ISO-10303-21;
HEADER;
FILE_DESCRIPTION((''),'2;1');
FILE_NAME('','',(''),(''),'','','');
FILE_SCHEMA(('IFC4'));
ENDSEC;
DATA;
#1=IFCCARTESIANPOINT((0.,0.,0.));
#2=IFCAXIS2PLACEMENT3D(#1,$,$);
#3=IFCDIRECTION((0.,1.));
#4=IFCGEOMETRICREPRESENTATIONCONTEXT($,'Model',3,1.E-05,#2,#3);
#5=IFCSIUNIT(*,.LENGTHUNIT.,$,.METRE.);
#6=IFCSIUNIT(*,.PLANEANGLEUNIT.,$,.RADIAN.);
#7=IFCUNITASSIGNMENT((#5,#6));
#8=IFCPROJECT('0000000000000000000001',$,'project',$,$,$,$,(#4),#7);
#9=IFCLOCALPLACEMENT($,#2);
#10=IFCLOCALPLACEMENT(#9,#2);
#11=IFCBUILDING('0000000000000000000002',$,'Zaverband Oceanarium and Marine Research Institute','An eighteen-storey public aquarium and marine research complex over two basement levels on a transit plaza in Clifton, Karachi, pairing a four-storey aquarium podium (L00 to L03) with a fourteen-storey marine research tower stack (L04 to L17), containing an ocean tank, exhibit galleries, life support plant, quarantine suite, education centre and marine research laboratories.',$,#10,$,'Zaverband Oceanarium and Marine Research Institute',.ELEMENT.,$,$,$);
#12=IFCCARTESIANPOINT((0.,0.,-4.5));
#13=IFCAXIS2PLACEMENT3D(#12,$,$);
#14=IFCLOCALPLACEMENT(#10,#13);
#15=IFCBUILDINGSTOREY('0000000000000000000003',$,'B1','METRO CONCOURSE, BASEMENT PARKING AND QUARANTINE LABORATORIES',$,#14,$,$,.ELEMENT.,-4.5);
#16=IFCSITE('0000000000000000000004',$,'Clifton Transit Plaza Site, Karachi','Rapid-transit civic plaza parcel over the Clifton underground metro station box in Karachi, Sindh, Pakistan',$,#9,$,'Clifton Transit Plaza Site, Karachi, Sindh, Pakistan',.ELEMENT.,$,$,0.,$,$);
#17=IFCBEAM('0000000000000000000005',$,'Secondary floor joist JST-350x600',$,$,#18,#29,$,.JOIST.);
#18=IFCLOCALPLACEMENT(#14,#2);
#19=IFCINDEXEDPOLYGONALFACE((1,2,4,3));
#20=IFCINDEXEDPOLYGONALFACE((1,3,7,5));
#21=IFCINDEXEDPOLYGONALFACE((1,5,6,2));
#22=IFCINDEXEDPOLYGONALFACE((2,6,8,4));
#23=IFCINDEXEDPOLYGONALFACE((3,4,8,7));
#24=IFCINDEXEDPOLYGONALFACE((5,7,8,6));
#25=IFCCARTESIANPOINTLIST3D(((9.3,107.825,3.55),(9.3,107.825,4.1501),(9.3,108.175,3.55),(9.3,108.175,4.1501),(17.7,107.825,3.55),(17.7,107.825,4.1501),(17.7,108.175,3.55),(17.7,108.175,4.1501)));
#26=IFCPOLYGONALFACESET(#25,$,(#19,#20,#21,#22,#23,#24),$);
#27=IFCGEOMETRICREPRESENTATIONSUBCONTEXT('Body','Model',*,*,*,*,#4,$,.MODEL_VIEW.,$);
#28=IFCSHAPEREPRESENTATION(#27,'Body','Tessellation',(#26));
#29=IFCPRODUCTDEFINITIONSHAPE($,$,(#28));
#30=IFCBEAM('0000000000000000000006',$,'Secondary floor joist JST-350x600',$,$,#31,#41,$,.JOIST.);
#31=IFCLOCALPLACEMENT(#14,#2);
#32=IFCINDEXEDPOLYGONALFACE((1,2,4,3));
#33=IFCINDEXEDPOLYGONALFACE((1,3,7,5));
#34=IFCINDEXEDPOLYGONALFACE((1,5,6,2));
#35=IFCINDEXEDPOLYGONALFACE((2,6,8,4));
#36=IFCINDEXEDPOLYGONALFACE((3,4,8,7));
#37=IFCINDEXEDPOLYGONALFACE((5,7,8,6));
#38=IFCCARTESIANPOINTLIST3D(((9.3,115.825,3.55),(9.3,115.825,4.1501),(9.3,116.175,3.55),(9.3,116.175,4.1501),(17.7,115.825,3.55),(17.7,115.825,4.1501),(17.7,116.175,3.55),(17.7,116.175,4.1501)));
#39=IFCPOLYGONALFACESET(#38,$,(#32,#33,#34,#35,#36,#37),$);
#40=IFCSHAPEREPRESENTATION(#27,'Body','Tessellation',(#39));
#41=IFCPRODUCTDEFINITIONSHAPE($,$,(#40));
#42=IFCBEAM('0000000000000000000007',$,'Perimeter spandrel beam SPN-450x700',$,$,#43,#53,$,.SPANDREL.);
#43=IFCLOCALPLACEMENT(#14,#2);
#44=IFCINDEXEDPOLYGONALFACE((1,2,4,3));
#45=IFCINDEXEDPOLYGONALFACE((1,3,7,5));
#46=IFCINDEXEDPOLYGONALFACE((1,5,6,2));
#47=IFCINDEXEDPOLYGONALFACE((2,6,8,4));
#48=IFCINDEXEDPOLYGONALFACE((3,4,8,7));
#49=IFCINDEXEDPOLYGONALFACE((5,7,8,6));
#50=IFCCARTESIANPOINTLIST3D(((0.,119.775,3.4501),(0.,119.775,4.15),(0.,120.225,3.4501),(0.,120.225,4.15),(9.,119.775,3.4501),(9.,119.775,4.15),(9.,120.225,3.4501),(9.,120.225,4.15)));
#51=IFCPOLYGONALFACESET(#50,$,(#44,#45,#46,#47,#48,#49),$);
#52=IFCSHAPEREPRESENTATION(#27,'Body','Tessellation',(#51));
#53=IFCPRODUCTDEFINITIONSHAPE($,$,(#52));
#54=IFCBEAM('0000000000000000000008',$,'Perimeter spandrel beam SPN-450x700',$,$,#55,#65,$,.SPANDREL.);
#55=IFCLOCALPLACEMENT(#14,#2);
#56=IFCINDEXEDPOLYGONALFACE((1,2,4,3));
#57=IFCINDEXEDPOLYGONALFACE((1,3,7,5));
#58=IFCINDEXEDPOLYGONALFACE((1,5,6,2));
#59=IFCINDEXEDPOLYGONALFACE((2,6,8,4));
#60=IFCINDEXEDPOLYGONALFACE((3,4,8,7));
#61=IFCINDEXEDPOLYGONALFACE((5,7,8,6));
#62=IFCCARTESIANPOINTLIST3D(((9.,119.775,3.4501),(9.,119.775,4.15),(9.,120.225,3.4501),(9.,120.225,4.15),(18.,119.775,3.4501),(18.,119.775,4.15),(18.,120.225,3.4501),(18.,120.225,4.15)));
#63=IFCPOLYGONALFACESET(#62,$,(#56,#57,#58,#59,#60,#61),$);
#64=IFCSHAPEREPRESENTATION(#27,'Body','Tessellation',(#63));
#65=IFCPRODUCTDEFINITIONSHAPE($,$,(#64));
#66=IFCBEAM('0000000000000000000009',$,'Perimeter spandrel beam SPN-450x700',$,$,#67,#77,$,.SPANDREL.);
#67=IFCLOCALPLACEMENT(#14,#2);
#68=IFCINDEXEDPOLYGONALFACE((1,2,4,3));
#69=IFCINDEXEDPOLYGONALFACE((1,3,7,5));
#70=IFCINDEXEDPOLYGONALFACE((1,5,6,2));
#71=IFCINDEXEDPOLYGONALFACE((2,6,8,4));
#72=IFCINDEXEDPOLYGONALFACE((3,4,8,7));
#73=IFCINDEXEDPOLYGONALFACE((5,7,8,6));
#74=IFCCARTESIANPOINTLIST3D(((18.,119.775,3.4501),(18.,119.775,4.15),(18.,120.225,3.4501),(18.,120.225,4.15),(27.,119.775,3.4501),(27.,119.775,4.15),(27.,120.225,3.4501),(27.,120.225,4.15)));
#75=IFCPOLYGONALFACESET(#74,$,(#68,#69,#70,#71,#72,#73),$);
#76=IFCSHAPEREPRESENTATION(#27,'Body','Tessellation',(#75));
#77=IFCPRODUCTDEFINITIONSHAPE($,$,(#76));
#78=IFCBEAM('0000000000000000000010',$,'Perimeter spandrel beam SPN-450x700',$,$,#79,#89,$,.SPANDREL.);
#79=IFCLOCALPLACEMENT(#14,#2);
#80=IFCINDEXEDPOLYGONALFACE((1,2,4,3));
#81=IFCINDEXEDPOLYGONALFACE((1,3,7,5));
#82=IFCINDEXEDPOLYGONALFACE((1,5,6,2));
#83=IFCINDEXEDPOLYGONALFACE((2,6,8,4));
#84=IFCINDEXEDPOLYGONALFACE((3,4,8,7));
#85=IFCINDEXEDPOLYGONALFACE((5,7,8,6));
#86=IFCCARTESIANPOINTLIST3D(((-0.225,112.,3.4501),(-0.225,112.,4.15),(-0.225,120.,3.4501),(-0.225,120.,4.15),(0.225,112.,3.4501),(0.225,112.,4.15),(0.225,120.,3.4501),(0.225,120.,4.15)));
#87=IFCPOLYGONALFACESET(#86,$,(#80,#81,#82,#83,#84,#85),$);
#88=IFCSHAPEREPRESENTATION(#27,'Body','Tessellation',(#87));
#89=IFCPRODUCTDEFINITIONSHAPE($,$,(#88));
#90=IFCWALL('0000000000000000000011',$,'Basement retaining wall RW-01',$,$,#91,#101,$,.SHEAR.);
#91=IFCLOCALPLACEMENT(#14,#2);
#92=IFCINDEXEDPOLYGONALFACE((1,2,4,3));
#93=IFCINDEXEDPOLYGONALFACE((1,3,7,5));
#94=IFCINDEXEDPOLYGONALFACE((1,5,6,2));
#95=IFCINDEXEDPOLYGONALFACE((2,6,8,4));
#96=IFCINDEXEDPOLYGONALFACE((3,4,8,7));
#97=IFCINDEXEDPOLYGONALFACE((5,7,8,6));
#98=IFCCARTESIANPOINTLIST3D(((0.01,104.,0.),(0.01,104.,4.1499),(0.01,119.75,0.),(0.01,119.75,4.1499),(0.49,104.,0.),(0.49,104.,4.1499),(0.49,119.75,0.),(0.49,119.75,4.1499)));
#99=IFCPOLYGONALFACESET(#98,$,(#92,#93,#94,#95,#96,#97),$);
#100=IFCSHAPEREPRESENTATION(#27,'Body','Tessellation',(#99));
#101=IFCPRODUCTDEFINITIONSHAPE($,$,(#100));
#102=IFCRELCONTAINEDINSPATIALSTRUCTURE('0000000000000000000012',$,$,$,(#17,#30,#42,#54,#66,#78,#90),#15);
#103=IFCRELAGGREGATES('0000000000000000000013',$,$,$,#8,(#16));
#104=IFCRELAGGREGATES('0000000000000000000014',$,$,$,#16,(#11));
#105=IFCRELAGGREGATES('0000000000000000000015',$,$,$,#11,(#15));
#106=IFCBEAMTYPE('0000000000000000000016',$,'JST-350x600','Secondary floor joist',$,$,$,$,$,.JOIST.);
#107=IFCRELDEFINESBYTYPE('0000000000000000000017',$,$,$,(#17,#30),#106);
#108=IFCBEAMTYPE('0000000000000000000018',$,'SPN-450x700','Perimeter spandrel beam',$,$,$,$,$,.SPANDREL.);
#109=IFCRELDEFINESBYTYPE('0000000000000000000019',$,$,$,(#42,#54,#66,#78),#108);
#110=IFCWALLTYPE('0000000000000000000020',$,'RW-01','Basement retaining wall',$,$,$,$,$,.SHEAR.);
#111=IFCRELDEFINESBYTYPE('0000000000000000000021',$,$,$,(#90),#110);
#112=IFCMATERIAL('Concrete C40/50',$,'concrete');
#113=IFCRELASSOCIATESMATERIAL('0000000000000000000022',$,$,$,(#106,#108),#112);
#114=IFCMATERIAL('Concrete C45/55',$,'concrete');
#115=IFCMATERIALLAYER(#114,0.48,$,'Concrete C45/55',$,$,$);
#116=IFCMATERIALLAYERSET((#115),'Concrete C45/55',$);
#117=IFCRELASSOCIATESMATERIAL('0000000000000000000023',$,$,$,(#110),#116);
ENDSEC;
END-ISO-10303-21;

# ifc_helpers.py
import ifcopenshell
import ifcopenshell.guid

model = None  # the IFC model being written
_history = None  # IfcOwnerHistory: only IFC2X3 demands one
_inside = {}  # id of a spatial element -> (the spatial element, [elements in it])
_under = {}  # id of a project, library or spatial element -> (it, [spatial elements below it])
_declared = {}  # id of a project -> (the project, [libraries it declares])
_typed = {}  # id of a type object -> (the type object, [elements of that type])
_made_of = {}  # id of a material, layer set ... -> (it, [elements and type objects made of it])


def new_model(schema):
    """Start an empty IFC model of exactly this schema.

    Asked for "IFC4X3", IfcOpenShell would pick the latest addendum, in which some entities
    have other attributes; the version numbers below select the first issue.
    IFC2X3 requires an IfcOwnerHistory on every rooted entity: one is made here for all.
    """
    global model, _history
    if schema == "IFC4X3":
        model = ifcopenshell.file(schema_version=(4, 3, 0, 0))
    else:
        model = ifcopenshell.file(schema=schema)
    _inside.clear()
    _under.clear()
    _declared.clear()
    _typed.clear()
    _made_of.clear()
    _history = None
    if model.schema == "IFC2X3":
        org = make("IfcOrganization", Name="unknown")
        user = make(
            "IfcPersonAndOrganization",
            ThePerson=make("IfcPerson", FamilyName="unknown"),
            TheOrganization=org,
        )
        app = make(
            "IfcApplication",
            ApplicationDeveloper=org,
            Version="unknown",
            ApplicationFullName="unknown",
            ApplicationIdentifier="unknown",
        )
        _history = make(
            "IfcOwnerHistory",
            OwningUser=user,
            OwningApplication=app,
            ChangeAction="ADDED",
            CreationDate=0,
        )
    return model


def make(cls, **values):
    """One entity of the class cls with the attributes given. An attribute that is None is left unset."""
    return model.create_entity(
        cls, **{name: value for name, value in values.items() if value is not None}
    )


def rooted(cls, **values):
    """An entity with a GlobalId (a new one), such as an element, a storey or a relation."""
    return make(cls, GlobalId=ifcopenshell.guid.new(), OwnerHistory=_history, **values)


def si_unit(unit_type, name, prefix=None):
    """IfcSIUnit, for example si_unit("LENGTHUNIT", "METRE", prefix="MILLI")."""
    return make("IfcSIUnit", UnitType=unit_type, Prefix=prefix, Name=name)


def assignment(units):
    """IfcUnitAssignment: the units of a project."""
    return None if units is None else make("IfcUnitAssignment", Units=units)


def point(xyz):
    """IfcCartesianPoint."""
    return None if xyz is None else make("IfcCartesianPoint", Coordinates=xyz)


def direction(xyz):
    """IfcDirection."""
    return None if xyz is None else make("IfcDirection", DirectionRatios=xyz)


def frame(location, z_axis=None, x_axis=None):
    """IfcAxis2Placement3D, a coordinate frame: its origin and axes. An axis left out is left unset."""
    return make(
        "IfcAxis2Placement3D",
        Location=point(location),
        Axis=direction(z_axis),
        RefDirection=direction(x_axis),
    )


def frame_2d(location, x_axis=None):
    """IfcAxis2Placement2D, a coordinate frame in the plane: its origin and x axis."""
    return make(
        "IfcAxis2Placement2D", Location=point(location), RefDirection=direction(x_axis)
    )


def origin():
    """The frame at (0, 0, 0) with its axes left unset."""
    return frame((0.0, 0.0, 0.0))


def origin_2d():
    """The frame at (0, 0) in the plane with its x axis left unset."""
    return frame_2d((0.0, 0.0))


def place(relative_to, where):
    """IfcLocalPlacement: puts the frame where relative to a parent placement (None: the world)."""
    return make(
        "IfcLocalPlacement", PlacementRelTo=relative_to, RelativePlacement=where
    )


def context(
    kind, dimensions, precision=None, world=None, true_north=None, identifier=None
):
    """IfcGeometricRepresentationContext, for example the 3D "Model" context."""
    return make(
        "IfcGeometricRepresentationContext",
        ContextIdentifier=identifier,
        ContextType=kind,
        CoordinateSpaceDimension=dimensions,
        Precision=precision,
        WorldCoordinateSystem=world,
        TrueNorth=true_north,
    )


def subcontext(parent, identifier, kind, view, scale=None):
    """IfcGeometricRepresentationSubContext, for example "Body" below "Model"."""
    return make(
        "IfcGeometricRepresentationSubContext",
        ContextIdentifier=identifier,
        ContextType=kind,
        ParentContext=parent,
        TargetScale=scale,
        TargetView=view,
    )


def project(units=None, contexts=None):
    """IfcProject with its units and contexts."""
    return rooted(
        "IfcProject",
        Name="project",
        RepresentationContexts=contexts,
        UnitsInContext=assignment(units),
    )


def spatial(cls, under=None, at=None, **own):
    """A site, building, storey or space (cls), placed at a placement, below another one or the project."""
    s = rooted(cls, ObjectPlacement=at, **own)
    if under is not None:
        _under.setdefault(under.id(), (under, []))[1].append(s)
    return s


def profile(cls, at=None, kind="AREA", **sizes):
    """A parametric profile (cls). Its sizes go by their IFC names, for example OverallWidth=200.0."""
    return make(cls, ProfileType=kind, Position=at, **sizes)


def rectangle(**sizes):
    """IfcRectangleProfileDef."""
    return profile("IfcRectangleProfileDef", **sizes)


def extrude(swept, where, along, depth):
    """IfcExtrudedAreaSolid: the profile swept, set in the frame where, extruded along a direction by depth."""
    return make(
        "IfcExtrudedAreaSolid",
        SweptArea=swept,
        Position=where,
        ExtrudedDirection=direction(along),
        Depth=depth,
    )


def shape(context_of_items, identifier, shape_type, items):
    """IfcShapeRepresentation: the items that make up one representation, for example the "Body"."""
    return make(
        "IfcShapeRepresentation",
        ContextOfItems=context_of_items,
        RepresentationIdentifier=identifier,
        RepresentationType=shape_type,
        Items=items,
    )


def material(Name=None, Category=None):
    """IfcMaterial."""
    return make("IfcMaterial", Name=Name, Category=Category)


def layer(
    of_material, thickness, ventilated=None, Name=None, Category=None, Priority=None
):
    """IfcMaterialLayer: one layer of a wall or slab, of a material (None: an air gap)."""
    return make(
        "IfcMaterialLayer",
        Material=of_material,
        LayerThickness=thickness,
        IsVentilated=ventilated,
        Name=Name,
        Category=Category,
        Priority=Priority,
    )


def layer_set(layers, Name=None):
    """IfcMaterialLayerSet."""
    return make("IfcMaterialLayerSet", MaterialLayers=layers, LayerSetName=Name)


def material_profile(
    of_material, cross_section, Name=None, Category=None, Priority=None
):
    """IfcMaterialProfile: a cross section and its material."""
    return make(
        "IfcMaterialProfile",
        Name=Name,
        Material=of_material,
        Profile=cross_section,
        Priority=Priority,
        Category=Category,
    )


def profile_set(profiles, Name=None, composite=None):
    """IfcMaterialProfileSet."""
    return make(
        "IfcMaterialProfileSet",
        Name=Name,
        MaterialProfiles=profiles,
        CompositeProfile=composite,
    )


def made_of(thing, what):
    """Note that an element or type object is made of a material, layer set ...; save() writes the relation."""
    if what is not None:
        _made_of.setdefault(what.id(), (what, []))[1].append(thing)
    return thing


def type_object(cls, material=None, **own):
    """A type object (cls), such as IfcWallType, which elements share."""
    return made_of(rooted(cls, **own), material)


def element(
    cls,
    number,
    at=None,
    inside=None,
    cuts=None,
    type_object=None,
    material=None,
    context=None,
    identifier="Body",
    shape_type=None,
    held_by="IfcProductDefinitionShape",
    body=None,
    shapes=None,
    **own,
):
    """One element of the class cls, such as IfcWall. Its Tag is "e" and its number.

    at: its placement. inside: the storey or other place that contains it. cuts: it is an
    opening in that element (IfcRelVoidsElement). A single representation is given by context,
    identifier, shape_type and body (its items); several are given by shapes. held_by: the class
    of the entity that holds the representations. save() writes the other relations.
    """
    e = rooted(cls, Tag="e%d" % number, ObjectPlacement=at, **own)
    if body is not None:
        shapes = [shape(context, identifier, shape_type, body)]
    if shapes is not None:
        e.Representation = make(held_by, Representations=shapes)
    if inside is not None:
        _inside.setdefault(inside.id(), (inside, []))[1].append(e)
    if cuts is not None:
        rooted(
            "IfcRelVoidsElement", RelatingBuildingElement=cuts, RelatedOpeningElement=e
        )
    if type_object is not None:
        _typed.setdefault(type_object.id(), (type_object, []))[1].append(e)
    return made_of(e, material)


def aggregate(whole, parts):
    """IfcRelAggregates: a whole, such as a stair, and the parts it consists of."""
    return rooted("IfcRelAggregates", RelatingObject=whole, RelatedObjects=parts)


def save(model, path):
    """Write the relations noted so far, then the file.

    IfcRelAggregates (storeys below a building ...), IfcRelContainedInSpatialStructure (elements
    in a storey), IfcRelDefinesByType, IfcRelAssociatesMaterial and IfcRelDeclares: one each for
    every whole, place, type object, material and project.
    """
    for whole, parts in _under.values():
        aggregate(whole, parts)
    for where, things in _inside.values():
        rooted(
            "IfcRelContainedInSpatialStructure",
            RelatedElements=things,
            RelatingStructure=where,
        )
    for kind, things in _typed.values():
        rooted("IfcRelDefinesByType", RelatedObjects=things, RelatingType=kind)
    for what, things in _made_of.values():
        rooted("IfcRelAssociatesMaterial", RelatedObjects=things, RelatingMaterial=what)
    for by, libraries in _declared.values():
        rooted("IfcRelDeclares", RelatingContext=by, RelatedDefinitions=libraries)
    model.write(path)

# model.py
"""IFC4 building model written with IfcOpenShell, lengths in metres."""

from ifc_helpers import new_model, si_unit, direction, frame, frame_2d, origin, origin_2d, place, context, subcontext, project, spatial, rectangle, extrude, material, layer, layer_set, material_profile, profile_set, type_object, element, save


model = new_model("IFC4")

# Units and contexts
model_context = context("Model", 3, precision=1e-05, world=origin(), true_north=direction((0.0, 1.0)))
body_context = subcontext(model_context, "Body", "Model", "MODEL_VIEW")
ifc_project = project(units=[si_unit("LENGTHUNIT", "METRE"), si_unit("PLANEANGLEUNIT", "RADIAN")], contexts=[model_context])

# Site, building, storey
site_placement = place(None, origin())
site = spatial("IfcSite", under=ifc_project, at=site_placement, Name="Clifton Transit Plaza Site, Karachi", Description="Rapid-transit civic plaza parcel over the Clifton underground metro station box in Karachi, Sindh, Pakistan", LongName="Clifton Transit Plaza Site, Karachi, Sindh, Pakistan", CompositionType="ELEMENT", RefElevation=0.0)
building_placement = place(site_placement, origin())
building = spatial("IfcBuilding", under=site, at=building_placement, Name="Zaverband Oceanarium and Marine Research Institute", Description="An eighteen-storey public aquarium and marine research complex over two basement levels on a transit plaza in Clifton, Karachi, pairing a four-storey aquarium podium (L00 to L03) with a fourteen-storey marine research tower stack (L04 to L17), containing an ocean tank, exhibit galleries, life support plant, quarantine suite, education centre and marine research laboratories.", LongName="Zaverband Oceanarium and Marine Research Institute", CompositionType="ELEMENT")
storey_placement = place(building_placement, frame((0.0, 0.0, -4.5)))
storey = spatial("IfcBuildingStorey", under=building, at=storey_placement, Name="B1", Description="METRO CONCOURSE, BASEMENT PARKING AND QUARANTINE LABORATORIES", CompositionType="ELEMENT", Elevation=-4.5)

# Beams
ifc_material_1 = material(Name="Concrete C40/50", Category="concrete")
ifc_material_profile_1 = material_profile(ifc_material_1, rectangle(XDim=0.3501, YDim=0.6001, at=origin_2d()), Name="RC350x600")
ifc_profile_set_1 = profile_set([ifc_material_profile_1], Name="Concrete C40/50")
beam_type_1 = type_object("IfcBeamType", Name="JST-350x600", Description="Secondary floor joist", PredefinedType="JOIST", material=ifc_profile_set_1)
for number, where, z_axis, x_axis, name in (
    (1, (9.3, 108.0, 3.8501), (1.0, 0.0, 0.0), (0.0, 1.0, 0.0), "Secondary floor joist JST-350x600"),
    (2, (9.3, 116.0, 3.8501), (1.0, 0.0, 0.0), (0.0, 1.0, 0.0), "Secondary floor joist JST-350x600"),
):
    element("IfcBeam", number, at=place(storey_placement, frame(where, z_axis=z_axis, x_axis=x_axis)), inside=storey, type_object=beam_type_1, Name=name, PredefinedType="JOIST", context=body_context, shape_type="SweptSolid", body=[
        extrude(rectangle(XDim=0.3501, YDim=0.6001, at=origin_2d()), origin(), (0.0, 0.0, 1.0), 8.3999),
    ])
ifc_material_profile_2 = material_profile(ifc_material_1, rectangle(XDim=0.45, YDim=0.7, at=origin_2d()), Name="RC450x700")
ifc_profile_set_2 = profile_set([ifc_material_profile_2], Name="Concrete C40/50")
beam_type_2 = type_object("IfcBeamType", Name="SPN-450x700", Description="Perimeter spandrel beam", PredefinedType="SPANDREL", material=ifc_profile_set_2)
for number, where, z_axis, x_axis, name in (
    (3, (0.0, 120.0, 3.8), (1.0, 0.0, 0.0), (0.0, 1.0, 0.0), "Perimeter spandrel beam SPN-450x700"),
    (4, (9.0, 120.0, 3.8), (1.0, 0.0, 0.0), (0.0, 1.0, 0.0), "Perimeter spandrel beam SPN-450x700"),
    (5, (18.0, 120.0, 3.8), (1.0, 0.0, 0.0), (0.0, 1.0, 0.0), "Perimeter spandrel beam SPN-450x700"),
):
    element("IfcBeam", number, at=place(storey_placement, frame(where, z_axis=z_axis, x_axis=x_axis)), inside=storey, type_object=beam_type_2, Name=name, PredefinedType="SPANDREL", context=body_context, shape_type="SweptSolid", body=[
        extrude(rectangle(XDim=0.45, YDim=0.7, at=origin_2d()), origin(), (0.0, 0.0, 1.0), 9.0),
    ])
beam_1_placement = place(storey_placement, frame((0.0, 112.0, 3.8), z_axis=(0.0, 1.0, 0.0), x_axis=(-1.0, 0.0, 0.0)))
element("IfcBeam", 6, at=beam_1_placement, inside=storey, type_object=beam_type_2, Name="Perimeter spandrel beam SPN-450x700", PredefinedType="SPANDREL", context=body_context, shape_type="SweptSolid", body=[
    extrude(rectangle(XDim=0.45, YDim=0.7, at=origin_2d()), origin(), (0.0, 0.0, 1.0), 8.0),
])

# Wall
ifc_material_2 = material(Name="Concrete C45/55", Category="concrete")
ifc_layer = layer(ifc_material_2, 0.48, Name="Concrete C45/55")
ifc_layer_set = layer_set([ifc_layer], Name="Concrete C45/55")
wall_type = type_object("IfcWallType", Name="RW-01", Description="Basement retaining wall", PredefinedType="SHEAR", material=ifc_layer_set)
wall_placement = place(storey_placement, frame((0.25, 119.75, 0.0), z_axis=(0.0, 0.0, 1.0), x_axis=(0.0, -1.0, 0.0)))
element("IfcWall", 7, at=wall_placement, inside=storey, type_object=wall_type, Name="Basement retaining wall RW-01", PredefinedType="SHEAR", context=body_context, shape_type="SweptSolid", body=[
    extrude(rectangle(XDim=15.75, YDim=0.48, at=frame_2d((7.875, 0.0))), origin(), (0.0, 0.0, 1.0), 4.1499),
])

save(model, "model.ifc")
